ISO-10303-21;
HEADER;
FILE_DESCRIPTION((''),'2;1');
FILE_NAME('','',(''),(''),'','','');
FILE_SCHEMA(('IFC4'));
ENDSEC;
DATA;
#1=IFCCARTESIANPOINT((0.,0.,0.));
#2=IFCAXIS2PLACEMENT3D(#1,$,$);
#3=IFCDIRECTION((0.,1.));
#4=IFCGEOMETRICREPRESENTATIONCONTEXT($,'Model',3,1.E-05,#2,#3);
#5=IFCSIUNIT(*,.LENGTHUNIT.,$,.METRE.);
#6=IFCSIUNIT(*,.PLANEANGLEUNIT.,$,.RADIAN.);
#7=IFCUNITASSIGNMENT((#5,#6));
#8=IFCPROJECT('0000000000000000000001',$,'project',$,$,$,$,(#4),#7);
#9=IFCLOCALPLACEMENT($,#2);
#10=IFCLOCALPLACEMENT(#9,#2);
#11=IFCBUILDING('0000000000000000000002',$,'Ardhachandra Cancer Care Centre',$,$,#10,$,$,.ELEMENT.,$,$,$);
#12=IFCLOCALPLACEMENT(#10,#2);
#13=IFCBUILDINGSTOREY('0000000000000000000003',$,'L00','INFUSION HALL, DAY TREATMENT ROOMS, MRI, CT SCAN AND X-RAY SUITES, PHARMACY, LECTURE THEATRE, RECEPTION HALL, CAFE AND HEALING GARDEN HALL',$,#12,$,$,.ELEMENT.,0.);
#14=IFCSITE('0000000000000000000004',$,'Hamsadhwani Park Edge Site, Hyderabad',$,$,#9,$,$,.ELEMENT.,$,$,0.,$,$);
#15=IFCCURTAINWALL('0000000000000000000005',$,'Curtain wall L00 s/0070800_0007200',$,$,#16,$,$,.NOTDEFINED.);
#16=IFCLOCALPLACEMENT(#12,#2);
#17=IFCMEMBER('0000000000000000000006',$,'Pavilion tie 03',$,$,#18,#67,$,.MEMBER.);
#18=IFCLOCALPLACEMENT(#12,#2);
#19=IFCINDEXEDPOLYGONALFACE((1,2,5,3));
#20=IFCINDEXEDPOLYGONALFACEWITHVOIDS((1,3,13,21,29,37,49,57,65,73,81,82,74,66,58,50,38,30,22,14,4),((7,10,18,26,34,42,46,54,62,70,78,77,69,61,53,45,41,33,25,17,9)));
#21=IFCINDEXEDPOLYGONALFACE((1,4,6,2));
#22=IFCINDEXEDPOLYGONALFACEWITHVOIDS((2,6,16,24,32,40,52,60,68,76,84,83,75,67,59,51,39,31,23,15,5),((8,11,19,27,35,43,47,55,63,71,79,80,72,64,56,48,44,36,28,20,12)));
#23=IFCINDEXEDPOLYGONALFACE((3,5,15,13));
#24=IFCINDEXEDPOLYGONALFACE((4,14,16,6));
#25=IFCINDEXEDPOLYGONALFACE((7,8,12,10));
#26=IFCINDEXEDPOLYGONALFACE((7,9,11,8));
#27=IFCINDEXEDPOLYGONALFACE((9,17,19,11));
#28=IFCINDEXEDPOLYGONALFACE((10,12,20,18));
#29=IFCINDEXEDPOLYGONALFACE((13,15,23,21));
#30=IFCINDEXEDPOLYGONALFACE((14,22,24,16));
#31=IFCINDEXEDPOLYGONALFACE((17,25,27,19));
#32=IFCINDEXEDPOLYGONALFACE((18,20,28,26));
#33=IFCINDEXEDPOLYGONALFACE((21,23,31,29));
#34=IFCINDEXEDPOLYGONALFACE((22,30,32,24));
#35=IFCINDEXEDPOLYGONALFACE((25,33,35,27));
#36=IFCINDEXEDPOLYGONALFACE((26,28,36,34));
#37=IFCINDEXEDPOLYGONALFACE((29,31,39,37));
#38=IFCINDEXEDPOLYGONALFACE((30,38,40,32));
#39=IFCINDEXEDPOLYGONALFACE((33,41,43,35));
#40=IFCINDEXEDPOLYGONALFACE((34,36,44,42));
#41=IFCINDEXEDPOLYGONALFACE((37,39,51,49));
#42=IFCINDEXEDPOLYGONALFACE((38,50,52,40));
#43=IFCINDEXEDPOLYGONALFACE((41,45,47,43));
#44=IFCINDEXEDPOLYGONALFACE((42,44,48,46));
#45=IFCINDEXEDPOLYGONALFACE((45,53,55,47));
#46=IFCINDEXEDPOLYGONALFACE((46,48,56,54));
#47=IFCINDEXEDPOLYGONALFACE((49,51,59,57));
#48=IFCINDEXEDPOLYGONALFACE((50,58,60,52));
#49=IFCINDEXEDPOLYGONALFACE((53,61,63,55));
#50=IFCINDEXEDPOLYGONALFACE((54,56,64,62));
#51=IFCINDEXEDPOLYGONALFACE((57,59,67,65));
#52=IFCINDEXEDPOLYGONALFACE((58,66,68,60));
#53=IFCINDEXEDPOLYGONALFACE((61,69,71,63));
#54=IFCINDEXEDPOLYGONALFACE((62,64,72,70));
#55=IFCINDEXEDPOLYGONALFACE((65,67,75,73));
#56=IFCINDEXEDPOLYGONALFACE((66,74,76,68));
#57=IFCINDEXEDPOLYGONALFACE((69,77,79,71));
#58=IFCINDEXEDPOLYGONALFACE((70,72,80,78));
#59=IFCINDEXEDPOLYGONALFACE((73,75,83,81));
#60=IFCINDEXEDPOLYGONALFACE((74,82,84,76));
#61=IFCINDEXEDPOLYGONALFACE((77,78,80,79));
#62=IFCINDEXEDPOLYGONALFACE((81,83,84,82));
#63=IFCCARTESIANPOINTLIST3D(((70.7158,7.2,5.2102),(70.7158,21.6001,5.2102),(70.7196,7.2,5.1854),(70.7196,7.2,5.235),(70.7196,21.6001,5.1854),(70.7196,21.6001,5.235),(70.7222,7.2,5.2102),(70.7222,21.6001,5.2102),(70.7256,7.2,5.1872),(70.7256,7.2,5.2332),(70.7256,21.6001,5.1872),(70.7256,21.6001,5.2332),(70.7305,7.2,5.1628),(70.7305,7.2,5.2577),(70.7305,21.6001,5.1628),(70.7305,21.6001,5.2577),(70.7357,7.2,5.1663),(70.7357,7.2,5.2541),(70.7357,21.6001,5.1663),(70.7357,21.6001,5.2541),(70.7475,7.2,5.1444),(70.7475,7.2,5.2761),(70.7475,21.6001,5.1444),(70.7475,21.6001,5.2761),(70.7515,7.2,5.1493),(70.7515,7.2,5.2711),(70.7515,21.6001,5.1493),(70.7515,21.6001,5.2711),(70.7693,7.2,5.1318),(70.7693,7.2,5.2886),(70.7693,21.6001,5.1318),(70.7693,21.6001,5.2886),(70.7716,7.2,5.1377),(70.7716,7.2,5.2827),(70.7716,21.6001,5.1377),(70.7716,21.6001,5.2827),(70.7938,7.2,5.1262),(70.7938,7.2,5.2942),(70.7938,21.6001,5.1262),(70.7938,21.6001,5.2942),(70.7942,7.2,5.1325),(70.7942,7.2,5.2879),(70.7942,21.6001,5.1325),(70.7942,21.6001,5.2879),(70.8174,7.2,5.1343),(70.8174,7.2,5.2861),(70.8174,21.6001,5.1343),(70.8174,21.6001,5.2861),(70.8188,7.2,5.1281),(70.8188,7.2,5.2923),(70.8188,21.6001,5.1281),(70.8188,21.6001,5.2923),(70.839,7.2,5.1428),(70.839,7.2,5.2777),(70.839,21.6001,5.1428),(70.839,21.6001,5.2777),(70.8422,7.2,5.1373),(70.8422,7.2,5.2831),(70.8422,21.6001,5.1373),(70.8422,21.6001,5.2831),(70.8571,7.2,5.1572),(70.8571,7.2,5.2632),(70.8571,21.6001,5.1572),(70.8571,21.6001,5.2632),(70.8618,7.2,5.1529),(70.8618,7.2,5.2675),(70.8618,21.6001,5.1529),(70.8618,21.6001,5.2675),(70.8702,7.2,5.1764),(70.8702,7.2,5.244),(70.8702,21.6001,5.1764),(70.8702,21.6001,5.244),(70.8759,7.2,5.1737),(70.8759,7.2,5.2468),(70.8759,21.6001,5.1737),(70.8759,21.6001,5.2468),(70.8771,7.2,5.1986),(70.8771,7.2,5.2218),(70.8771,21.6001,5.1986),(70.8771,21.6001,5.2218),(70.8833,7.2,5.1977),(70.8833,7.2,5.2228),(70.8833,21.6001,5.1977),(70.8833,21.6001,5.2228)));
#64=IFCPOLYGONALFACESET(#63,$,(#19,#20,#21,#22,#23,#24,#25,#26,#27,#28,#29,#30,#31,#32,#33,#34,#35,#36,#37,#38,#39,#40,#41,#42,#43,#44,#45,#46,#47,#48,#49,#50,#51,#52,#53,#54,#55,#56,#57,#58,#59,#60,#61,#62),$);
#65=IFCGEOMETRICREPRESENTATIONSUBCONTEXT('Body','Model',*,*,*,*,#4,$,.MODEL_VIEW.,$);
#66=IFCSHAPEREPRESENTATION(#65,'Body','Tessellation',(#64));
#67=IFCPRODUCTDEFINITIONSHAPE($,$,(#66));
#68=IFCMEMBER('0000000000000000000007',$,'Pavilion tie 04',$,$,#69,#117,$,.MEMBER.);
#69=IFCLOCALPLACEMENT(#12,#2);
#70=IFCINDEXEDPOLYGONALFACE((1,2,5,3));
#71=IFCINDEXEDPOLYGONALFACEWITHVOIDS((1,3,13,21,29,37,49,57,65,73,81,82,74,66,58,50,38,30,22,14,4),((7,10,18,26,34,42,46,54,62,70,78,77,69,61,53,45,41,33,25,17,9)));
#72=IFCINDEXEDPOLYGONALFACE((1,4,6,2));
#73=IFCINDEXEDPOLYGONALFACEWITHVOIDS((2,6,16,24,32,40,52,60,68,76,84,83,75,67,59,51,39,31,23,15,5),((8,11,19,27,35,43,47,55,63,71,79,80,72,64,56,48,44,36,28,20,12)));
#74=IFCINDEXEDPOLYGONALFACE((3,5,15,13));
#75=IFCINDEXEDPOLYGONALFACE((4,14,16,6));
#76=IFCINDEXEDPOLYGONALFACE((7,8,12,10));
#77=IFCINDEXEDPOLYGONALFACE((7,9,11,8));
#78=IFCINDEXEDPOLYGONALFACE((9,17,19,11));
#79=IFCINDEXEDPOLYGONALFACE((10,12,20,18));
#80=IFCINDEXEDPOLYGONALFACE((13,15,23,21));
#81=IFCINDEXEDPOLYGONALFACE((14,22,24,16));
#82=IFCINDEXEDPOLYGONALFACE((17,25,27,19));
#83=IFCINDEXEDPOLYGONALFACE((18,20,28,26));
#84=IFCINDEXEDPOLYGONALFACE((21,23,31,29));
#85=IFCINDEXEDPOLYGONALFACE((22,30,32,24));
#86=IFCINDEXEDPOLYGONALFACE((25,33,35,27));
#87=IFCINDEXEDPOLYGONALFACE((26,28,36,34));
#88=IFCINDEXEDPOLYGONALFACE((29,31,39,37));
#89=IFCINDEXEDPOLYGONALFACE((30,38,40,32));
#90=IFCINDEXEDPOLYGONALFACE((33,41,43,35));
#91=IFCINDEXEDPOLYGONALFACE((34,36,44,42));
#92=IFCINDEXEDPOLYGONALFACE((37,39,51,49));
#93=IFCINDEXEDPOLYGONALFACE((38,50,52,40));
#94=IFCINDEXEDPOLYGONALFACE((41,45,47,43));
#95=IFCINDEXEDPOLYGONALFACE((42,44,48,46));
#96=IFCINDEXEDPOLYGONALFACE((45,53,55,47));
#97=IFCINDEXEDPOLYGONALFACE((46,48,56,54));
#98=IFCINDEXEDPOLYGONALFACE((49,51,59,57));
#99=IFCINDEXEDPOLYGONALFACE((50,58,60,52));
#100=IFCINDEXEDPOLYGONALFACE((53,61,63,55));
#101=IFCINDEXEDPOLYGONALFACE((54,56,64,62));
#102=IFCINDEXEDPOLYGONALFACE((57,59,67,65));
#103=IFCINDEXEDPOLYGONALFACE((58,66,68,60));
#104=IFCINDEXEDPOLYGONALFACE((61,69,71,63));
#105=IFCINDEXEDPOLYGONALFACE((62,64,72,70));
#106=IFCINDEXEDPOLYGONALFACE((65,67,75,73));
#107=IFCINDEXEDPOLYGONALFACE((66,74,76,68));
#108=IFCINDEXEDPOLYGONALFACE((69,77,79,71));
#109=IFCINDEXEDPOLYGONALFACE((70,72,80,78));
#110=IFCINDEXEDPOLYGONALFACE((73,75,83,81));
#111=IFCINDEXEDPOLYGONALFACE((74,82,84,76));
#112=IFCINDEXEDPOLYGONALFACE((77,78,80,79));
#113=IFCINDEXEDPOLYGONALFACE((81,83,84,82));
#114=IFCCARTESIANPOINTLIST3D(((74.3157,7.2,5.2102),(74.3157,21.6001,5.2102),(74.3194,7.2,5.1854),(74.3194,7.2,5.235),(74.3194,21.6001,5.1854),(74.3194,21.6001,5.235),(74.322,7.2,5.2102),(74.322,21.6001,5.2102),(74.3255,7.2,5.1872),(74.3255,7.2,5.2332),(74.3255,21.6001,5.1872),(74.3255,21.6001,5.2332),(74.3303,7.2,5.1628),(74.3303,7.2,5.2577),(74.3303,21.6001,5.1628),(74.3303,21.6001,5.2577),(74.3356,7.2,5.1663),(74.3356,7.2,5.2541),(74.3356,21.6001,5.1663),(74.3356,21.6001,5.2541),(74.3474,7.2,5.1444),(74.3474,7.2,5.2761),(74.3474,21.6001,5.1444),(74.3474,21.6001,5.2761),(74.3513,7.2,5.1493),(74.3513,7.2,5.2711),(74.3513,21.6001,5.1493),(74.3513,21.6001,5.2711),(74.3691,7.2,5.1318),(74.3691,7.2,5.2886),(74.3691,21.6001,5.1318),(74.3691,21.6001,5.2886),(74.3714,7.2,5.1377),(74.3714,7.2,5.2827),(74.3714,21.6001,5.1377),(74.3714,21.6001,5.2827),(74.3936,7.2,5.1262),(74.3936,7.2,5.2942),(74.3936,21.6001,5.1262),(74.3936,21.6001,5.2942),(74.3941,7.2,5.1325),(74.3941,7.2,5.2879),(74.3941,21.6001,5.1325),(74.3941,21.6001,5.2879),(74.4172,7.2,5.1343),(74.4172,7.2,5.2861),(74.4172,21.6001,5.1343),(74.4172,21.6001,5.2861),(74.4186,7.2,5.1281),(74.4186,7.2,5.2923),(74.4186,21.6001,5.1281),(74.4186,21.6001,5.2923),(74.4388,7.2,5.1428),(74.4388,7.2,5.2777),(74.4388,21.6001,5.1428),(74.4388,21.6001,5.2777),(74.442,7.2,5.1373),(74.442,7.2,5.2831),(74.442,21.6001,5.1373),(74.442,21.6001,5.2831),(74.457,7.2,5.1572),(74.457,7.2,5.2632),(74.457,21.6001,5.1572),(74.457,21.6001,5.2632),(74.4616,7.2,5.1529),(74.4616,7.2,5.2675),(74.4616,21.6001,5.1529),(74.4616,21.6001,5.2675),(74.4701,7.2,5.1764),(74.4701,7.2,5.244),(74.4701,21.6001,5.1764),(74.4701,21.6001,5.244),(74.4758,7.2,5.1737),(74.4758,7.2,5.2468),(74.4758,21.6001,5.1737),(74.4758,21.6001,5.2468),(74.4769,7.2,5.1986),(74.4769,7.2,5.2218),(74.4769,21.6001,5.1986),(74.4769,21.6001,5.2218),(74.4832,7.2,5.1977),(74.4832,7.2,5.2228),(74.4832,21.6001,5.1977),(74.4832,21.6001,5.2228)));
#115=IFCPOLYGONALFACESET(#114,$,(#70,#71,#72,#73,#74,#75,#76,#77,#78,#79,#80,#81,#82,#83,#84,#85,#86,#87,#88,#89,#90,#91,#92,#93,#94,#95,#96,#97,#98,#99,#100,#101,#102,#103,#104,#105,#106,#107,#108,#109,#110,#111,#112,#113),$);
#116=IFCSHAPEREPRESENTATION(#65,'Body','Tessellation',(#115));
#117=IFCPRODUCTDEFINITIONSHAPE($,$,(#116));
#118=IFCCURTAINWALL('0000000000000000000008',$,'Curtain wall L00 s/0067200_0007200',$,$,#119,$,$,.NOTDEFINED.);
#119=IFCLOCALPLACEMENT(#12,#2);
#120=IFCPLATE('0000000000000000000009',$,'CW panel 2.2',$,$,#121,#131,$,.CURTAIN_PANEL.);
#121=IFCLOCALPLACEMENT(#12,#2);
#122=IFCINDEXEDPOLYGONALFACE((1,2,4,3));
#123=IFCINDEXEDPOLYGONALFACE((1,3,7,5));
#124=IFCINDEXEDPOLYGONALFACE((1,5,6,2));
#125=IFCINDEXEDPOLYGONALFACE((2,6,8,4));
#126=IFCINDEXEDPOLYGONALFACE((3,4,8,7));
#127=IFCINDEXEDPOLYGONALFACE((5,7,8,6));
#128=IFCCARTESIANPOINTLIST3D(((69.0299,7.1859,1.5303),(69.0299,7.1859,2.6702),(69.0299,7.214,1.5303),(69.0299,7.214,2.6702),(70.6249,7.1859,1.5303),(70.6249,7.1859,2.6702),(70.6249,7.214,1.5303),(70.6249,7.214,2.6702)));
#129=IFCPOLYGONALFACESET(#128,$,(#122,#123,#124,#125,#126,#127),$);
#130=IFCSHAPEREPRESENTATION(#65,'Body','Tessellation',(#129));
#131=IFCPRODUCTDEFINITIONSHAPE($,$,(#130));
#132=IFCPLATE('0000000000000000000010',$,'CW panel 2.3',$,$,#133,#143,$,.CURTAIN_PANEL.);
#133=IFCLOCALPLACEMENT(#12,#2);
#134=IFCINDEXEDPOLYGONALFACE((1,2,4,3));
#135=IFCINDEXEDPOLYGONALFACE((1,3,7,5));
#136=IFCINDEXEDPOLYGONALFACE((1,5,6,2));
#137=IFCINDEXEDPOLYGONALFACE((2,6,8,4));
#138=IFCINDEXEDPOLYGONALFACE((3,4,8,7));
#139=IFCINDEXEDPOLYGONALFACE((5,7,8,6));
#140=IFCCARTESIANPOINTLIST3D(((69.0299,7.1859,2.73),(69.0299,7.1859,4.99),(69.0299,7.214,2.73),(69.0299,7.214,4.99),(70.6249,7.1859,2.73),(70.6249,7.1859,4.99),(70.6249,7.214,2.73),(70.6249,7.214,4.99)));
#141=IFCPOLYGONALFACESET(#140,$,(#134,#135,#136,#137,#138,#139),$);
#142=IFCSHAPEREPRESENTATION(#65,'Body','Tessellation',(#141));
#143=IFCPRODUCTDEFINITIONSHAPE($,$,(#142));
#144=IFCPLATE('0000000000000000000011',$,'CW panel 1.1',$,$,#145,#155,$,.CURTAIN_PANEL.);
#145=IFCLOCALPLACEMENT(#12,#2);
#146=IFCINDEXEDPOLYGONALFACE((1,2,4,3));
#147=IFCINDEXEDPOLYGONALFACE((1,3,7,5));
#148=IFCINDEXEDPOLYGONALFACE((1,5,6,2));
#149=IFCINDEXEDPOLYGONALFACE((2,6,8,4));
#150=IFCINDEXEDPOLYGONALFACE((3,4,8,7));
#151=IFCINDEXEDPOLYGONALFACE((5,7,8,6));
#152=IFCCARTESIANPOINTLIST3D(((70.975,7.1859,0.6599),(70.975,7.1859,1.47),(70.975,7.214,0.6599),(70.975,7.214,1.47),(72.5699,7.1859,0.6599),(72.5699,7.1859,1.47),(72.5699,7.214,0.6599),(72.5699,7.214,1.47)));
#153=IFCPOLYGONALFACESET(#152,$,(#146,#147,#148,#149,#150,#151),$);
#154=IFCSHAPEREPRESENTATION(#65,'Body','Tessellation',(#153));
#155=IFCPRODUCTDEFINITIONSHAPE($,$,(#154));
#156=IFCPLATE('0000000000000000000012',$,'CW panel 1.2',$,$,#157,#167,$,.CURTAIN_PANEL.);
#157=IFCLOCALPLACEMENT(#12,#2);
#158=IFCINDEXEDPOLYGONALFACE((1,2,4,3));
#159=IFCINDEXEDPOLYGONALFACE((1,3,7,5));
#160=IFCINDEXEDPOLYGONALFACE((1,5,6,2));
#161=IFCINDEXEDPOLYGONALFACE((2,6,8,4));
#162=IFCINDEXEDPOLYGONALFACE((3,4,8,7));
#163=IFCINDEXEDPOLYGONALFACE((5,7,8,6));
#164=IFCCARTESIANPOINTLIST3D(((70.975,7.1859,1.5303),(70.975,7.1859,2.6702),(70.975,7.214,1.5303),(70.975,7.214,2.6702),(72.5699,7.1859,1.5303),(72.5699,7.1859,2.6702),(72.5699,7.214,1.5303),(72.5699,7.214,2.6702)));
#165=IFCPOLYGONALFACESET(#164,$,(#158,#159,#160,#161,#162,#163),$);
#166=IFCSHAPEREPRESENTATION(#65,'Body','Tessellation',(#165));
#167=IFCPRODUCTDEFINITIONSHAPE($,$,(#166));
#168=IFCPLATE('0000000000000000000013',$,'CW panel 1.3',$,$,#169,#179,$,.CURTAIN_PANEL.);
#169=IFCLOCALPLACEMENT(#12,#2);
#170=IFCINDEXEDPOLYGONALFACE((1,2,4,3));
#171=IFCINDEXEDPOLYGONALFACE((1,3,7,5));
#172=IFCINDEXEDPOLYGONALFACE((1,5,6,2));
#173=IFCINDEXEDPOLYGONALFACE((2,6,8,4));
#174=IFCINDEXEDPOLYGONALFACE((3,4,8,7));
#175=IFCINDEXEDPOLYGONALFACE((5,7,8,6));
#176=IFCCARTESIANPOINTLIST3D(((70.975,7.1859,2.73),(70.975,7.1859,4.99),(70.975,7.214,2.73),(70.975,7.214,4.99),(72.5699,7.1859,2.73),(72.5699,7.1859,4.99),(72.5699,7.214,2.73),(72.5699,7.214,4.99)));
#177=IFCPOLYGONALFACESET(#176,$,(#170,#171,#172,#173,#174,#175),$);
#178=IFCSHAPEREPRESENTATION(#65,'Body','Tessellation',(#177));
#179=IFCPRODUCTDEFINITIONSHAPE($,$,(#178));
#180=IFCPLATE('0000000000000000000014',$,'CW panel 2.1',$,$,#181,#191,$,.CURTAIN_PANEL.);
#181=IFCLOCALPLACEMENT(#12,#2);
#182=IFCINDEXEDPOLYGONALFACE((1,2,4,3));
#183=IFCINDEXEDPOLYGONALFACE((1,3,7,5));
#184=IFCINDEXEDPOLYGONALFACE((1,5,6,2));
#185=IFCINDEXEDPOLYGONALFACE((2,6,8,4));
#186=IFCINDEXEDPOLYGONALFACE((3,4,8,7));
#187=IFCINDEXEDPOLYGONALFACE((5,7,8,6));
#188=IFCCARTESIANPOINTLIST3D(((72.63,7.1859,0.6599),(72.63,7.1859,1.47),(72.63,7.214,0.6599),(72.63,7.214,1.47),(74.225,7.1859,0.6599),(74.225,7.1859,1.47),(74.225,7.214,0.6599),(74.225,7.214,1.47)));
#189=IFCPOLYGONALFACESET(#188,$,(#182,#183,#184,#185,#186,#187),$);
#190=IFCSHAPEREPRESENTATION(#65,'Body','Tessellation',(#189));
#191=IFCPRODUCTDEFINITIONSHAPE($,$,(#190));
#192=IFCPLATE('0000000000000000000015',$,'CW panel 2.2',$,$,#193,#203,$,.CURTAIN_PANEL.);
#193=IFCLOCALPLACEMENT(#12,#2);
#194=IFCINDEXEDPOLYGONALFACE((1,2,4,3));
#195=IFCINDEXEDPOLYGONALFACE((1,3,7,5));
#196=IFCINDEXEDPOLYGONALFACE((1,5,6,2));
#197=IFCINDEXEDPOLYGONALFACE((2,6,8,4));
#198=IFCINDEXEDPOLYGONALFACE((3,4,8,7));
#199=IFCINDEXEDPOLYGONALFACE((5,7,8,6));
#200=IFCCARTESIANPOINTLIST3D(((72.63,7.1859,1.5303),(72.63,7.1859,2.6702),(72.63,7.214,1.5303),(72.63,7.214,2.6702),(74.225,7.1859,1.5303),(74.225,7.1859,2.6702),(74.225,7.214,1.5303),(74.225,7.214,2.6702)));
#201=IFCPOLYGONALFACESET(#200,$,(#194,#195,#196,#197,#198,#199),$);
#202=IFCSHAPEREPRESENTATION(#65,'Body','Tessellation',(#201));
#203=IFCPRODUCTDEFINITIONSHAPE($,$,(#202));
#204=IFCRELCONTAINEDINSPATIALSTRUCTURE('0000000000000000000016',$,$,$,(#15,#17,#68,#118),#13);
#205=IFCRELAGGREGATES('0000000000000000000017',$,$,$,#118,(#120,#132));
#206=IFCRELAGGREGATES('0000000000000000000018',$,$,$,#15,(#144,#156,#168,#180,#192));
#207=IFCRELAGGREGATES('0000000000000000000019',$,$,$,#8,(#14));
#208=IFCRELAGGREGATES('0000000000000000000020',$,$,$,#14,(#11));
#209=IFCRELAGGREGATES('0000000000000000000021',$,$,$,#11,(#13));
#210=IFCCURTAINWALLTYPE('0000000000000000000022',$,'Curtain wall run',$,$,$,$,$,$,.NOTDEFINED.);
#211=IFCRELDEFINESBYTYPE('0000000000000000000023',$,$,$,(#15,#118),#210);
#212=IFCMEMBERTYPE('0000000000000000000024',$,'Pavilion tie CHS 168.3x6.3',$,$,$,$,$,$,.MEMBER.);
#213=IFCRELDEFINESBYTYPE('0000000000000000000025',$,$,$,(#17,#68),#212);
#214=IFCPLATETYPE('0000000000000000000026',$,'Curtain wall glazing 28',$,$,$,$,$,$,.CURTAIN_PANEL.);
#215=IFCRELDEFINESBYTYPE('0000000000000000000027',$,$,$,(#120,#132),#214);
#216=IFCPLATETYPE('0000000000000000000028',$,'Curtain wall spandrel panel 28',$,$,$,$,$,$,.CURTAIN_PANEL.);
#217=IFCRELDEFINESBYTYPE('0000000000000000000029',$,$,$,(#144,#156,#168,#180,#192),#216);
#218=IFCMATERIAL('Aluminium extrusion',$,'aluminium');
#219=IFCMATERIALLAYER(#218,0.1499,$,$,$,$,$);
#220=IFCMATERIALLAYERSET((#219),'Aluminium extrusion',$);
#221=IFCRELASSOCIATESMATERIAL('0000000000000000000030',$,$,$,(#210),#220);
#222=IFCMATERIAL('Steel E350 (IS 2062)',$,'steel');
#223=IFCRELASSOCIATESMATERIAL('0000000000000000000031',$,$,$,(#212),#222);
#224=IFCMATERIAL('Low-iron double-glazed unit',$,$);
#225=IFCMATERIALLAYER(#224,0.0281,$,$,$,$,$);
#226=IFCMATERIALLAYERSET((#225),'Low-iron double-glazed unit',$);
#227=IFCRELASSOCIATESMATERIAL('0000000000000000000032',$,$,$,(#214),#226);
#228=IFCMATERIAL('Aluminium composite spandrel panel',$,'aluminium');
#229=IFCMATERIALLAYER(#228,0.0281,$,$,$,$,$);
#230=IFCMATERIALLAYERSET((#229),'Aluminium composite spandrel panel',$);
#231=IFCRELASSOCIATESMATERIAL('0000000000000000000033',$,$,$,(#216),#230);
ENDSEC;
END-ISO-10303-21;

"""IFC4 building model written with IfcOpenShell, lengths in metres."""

from ifc_helpers import new_model, si_unit, direction, frame, origin, origin_2d, place, context, subcontext, project, spatial, rectangle, hollow_circle, extrude, material, layer, layer_set, material_profile, profile_set, type_object, element, aggregate, save


model = new_model("IFC4")

# Units and contexts
model_context = context("Model", 3, precision=1e-05, world=origin(), true_north=direction((0.0, 1.0)))
body_context = subcontext(model_context, "Body", "Model", "MODEL_VIEW")
ifc_project = project(units=[si_unit("LENGTHUNIT", "METRE"), si_unit("PLANEANGLEUNIT", "RADIAN")], contexts=[model_context])

# Site, building, storey
site_placement = place(None, origin())
site = spatial("IfcSite", under=ifc_project, at=site_placement, Name="Hamsadhwani Park Edge Site, Hyderabad", CompositionType="ELEMENT", RefElevation=0.0)
building_placement = place(site_placement, origin())
building = spatial("IfcBuilding", under=site, at=building_placement, Name="Ardhachandra Cancer Care Centre", CompositionType="ELEMENT")
storey_placement = place(building_placement, origin())
storey = spatial("IfcBuildingStorey", under=building, at=storey_placement, Name="L00", Description="INFUSION HALL, DAY TREATMENT ROOMS, MRI, CT SCAN AND X-RAY SUITES, PHARMACY, LECTURE THEATRE, RECEPTION HALL, CAFE AND HEALING GARDEN HALL", CompositionType="ELEMENT", Elevation=0.0)

# Curtain wall
ifc_material_1 = material(Name="Aluminium extrusion", Category="aluminium")
ifc_layer_1 = layer(ifc_material_1, 0.1499)
ifc_layer_set_1 = layer_set([ifc_layer_1], Name="Aluminium extrusion")
curtain_wall_type = type_object("IfcCurtainWallType", Name="Curtain wall run", PredefinedType="NOTDEFINED", material=ifc_layer_set_1)
curtain_wall_1_placement = place(storey_placement, origin())
curtain_wall_1 = element("IfcCurtainWall", 1, at=curtain_wall_1_placement, inside=storey, type_object=curtain_wall_type, Name="Curtain wall L00 s/0070800_0007200", PredefinedType="NOTDEFINED")

# Members
ifc_material_2 = material(Name="Steel E350 (IS 2062)", Category="steel")
ifc_material_profile_1 = material_profile(ifc_material_2, hollow_circle(Radius=0.0842, WallThickness=0.0063, at=origin_2d()), Name="CHS 168.3x6.3")
ifc_profile_set_1 = profile_set([ifc_material_profile_1], Name="Steel E350 (IS 2062)")
member_type_1 = type_object("IfcMemberType", Name="Pavilion tie CHS 168.3x6.3", PredefinedType="MEMBER", material=ifc_profile_set_1)
for number, where, z_axis, x_axis, name in (
    (2, (70.8, 7.2, 5.2102), (0.0, 1.0, 0.0), (-1.0, 0.0, 0.0), "Pavilion tie 03"),
    (3, (74.3999, 7.2, 5.2102), (0.0, 1.0, 0.0), (-1.0, 0.0, 0.0), "Pavilion tie 04"),
):
    element("IfcMember", number, at=place(storey_placement, frame(where, z_axis=z_axis, x_axis=x_axis)), inside=storey, type_object=member_type_1, Name=name, PredefinedType="MEMBER", context=body_context, shape_type="SweptSolid", body=[
        extrude(hollow_circle(Radius=0.0842, WallThickness=0.0063, at=origin_2d()), origin(), (0.0, 0.0, 1.0), 14.4001),
    ])

# Curtain wall, plates
curtain_wall_2_placement = place(storey_placement, origin())
curtain_wall_2 = element("IfcCurtainWall", 4, at=curtain_wall_2_placement, inside=storey, type_object=curtain_wall_type, Name="Curtain wall L00 s/0067200_0007200", PredefinedType="NOTDEFINED")
ifc_material_3 = material(Name="Low-iron double-glazed unit")
ifc_layer_2 = layer(ifc_material_3, 0.0281)
ifc_layer_set_2 = layer_set([ifc_layer_2], Name="Low-iron double-glazed unit")
plate_type_1 = type_object("IfcPlateType", Name="Curtain wall glazing 28", PredefinedType="CURTAIN_PANEL", material=ifc_layer_set_2)
plate_1_placement = place(storey_placement, frame((69.8274, 7.2, 1.5303), z_axis=(0.0, 0.0, 1.0), x_axis=(1.0, 0.0, 0.0)))
plate_1 = element("IfcPlate", 5, at=plate_1_placement, type_object=plate_type_1, Name="CW panel 2.2", PredefinedType="CURTAIN_PANEL", context=body_context, shape_type="SweptSolid", body=[
    extrude(rectangle(XDim=1.595, YDim=0.0281, at=origin_2d()), origin(), (0.0, 0.0, 1.0), 1.1399),
])
plate_2_placement = place(storey_placement, frame((69.8274, 7.2, 2.73), z_axis=(0.0, 0.0, 1.0), x_axis=(1.0, 0.0, 0.0)))
plate_2 = element("IfcPlate", 6, at=plate_2_placement, type_object=plate_type_1, Name="CW panel 2.3", PredefinedType="CURTAIN_PANEL", context=body_context, shape_type="SweptSolid", body=[
    extrude(rectangle(XDim=1.595, YDim=0.0281, at=origin_2d()), origin(), (0.0, 0.0, 1.0), 2.26),
])
aggregate(curtain_wall_2, [plate_1, plate_2])

# Plates
ifc_material_4 = material(Name="Aluminium composite spandrel panel", Category="aluminium")
ifc_layer_3 = layer(ifc_material_4, 0.0281)
ifc_layer_set_3 = layer_set([ifc_layer_3], Name="Aluminium composite spandrel panel")
plate_type_2 = type_object("IfcPlateType", Name="Curtain wall spandrel panel 28", PredefinedType="CURTAIN_PANEL", material=ifc_layer_set_3)
plate_3_placement = place(storey_placement, frame((71.7725, 7.2, 0.6599), z_axis=(0.0, 0.0, 1.0), x_axis=(1.0, 0.0, 0.0)))
plate_3 = element("IfcPlate", 7, at=plate_3_placement, type_object=plate_type_2, Name="CW panel 1.1", PredefinedType="CURTAIN_PANEL", context=body_context, shape_type="SweptSolid", body=[
    extrude(rectangle(XDim=1.595, YDim=0.0281, at=origin_2d()), origin(), (0.0, 0.0, 1.0), 0.8101),
])
plate_4_placement = place(storey_placement, frame((71.7725, 7.2, 1.5303), z_axis=(0.0, 0.0, 1.0), x_axis=(1.0, 0.0, 0.0)))
plate_4 = element("IfcPlate", 8, at=plate_4_placement, type_object=plate_type_2, Name="CW panel 1.2", PredefinedType="CURTAIN_PANEL", context=body_context, shape_type="SweptSolid", body=[
    extrude(rectangle(XDim=1.595, YDim=0.0281, at=origin_2d()), origin(), (0.0, 0.0, 1.0), 1.1399),
])
plate_5_placement = place(storey_placement, frame((71.7725, 7.2, 2.73), z_axis=(0.0, 0.0, 1.0), x_axis=(1.0, 0.0, 0.0)))
plate_5 = element("IfcPlate", 9, at=plate_5_placement, type_object=plate_type_2, Name="CW panel 1.3", PredefinedType="CURTAIN_PANEL", context=body_context, shape_type="SweptSolid", body=[
    extrude(rectangle(XDim=1.595, YDim=0.0281, at=origin_2d()), origin(), (0.0, 0.0, 1.0), 2.26),
])
plate_6_placement = place(storey_placement, frame((73.4275, 7.2, 0.6599), z_axis=(0.0, 0.0, 1.0), x_axis=(1.0, 0.0, 0.0)))
plate_6 = element("IfcPlate", 10, at=plate_6_placement, type_object=plate_type_2, Name="CW panel 2.1", PredefinedType="CURTAIN_PANEL", context=body_context, shape_type="SweptSolid", body=[
    extrude(rectangle(XDim=1.595, YDim=0.0281, at=origin_2d()), origin(), (0.0, 0.0, 1.0), 0.8101),
])
plate_7_placement = place(storey_placement, frame((73.4275, 7.2, 1.5303), z_axis=(0.0, 0.0, 1.0), x_axis=(1.0, 0.0, 0.0)))
plate_7 = element("IfcPlate", 11, at=plate_7_placement, type_object=plate_type_2, Name="CW panel 2.2", PredefinedType="CURTAIN_PANEL", context=body_context, shape_type="SweptSolid", body=[
    extrude(rectangle(XDim=1.595, YDim=0.0281, at=origin_2d()), origin(), (0.0, 0.0, 1.0), 1.1399),
])
aggregate(curtain_wall_1, [plate_3, plate_4, plate_5, plate_6, plate_7])

save(model, "model.ifc")
